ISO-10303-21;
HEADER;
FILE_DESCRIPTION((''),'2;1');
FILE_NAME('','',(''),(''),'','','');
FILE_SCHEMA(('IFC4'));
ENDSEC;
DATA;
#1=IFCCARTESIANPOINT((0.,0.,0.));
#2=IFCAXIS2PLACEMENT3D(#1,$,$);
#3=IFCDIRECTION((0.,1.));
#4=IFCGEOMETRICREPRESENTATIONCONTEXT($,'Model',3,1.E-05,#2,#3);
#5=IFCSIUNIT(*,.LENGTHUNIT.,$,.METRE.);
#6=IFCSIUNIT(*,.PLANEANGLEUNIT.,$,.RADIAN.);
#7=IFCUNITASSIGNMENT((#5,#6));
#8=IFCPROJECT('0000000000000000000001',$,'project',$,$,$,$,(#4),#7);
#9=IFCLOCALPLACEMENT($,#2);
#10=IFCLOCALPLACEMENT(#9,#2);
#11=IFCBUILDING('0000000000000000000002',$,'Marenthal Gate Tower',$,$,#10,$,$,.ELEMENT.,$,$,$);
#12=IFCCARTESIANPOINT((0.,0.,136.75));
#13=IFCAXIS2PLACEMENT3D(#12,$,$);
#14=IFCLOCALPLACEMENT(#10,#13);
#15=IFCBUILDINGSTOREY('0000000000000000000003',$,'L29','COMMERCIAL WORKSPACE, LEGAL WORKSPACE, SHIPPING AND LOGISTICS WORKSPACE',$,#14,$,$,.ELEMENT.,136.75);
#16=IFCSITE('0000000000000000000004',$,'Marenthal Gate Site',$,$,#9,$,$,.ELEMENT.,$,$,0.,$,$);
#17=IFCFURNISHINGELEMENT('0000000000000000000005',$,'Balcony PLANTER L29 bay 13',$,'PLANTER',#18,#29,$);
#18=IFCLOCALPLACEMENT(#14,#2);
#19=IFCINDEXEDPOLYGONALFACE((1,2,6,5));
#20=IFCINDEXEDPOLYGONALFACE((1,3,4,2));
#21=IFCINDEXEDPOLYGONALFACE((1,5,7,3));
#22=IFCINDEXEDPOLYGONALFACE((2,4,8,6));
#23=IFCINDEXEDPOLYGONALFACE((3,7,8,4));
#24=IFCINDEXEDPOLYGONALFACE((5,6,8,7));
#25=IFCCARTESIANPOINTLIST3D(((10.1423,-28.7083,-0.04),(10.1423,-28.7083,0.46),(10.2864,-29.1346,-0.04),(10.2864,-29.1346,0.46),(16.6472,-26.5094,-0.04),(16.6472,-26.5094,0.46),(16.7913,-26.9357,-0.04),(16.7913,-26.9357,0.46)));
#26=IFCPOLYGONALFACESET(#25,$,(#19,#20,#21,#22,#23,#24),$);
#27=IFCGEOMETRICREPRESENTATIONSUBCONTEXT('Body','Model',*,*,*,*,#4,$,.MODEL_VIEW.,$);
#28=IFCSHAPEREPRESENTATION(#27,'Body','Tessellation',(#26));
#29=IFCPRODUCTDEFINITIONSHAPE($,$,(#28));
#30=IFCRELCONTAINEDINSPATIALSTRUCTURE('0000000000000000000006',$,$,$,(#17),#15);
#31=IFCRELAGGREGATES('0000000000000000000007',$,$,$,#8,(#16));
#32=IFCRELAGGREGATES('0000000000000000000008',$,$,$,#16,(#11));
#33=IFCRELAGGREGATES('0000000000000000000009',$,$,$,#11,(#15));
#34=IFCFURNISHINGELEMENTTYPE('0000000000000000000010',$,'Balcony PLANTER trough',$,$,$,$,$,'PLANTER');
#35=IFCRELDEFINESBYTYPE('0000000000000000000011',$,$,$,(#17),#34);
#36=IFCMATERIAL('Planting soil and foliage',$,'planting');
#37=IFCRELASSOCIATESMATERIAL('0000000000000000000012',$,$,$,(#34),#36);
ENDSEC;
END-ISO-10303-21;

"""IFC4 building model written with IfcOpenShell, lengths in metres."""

from ifc_helpers import new_model, si_unit, direction, frame, origin, origin_2d, place, context, subcontext, project, spatial, rectangle, extrude, material, type_object, element, save


model = new_model("IFC4")

# Units and contexts
model_context = context("Model", 3, precision=1e-05, world=origin(), true_north=direction((0.0, 1.0)))
body_context = subcontext(model_context, "Body", "Model", "MODEL_VIEW")
ifc_project = project(units=[si_unit("LENGTHUNIT", "METRE"), si_unit("PLANEANGLEUNIT", "RADIAN")], contexts=[model_context])

# Site, building, storey
site_placement = place(None, origin())
site = spatial("IfcSite", under=ifc_project, at=site_placement, Name="Marenthal Gate Site", CompositionType="ELEMENT", RefElevation=0.0)
building_placement = place(site_placement, origin())
building = spatial("IfcBuilding", under=site, at=building_placement, Name="Marenthal Gate Tower", CompositionType="ELEMENT")
storey_placement = place(building_placement, frame((0.0, 0.0, 136.75)))
storey = spatial("IfcBuildingStorey", under=building, at=storey_placement, Name="L29", Description="COMMERCIAL WORKSPACE, LEGAL WORKSPACE, SHIPPING AND LOGISTICS WORKSPACE", CompositionType="ELEMENT", Elevation=136.75)

# Furnishing element
ifc_material_1 = material(Name="Planting soil and foliage", Category="planting")
furnishing_element_type = type_object("IfcFurnishingElementType", Name="Balcony PLANTER trough", ElementType="PLANTER", material=ifc_material_1)
furnishing_placement = place(storey_placement, frame((13.4668, -27.822, -0.04), z_axis=(0.0, 0.0, 1.0), x_axis=(0.947338, 0.320236, 0.0)))
element("IfcFurnishingElement", 1, at=furnishing_placement, inside=storey, type_object=furnishing_element_type, Name="Balcony PLANTER L29 bay 13", ObjectType="PLANTER", context=body_context, shape_type="SweptSolid", body=[
    extrude(rectangle(XDim=6.8665, YDim=0.45, at=origin_2d()), origin(), (0.0, 0.0, 1.0), 0.5),
])

save(model, "model.ifc")
